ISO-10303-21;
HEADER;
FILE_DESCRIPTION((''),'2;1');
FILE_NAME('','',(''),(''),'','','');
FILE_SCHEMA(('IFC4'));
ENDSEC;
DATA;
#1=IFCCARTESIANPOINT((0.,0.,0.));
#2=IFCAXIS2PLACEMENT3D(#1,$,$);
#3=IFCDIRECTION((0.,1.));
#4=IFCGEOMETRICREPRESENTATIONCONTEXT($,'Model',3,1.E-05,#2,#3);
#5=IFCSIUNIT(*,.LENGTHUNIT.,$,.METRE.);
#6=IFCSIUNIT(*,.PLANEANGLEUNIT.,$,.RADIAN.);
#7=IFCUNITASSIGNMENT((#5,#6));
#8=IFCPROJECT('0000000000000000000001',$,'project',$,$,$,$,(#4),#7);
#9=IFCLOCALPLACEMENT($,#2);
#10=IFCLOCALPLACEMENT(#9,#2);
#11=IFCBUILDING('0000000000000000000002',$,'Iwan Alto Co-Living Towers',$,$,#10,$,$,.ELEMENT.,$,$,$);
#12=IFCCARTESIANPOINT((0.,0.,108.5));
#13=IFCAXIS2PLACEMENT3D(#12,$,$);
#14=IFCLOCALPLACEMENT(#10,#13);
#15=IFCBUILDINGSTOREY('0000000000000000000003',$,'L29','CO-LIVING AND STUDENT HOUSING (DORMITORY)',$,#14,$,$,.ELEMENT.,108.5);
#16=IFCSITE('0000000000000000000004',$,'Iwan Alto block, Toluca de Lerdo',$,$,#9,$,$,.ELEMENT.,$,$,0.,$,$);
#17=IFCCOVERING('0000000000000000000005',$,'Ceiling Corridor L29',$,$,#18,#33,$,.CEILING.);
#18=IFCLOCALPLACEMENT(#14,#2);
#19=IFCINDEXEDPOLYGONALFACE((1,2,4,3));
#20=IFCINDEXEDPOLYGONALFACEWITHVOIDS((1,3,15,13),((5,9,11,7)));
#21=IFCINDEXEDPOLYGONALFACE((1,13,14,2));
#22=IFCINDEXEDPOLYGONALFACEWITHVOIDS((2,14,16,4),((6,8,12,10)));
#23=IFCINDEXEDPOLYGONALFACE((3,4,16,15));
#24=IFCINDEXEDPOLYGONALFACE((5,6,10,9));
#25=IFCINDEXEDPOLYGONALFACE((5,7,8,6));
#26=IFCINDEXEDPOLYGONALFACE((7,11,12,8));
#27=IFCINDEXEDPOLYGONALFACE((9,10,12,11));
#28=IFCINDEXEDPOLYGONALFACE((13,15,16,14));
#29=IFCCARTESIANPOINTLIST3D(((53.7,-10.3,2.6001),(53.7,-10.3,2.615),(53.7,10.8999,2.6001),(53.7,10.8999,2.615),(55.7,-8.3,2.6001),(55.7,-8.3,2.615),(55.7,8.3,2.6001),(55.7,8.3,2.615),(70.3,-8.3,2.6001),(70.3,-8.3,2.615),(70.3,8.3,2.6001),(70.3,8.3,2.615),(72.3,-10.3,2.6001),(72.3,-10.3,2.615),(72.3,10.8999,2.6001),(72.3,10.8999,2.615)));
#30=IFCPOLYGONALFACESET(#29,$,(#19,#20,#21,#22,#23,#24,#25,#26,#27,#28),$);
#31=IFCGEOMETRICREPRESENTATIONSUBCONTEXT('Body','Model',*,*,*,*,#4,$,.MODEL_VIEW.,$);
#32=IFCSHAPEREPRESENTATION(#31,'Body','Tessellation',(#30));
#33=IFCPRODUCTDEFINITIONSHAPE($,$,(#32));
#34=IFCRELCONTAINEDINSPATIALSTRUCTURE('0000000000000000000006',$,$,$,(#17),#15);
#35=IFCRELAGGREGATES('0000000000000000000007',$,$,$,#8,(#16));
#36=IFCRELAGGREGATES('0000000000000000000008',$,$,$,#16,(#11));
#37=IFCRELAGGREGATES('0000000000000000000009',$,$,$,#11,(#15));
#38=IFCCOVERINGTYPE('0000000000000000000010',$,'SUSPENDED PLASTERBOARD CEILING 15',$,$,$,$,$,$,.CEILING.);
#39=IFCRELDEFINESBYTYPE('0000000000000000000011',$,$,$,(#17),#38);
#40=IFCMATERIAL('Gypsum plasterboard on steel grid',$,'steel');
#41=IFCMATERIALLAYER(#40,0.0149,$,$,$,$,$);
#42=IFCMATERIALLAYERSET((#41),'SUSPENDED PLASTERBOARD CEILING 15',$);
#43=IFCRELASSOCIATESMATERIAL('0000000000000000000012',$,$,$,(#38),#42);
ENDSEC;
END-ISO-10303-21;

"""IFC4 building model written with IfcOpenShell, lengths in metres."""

from ifc_helpers import new_model, si_unit, direction, frame, origin, place, context, subcontext, project, spatial, polyline, outline, extrude, material, layer, layer_set, type_object, element, save


model = new_model("IFC4")

# Units and contexts
model_context = context("Model", 3, precision=1e-05, world=origin(), true_north=direction((0.0, 1.0)))
body_context = subcontext(model_context, "Body", "Model", "MODEL_VIEW")
ifc_project = project(units=[si_unit("LENGTHUNIT", "METRE"), si_unit("PLANEANGLEUNIT", "RADIAN")], contexts=[model_context])

# Site, building, storey
site_placement = place(None, origin())
site = spatial("IfcSite", under=ifc_project, at=site_placement, Name="Iwan Alto block, Toluca de Lerdo", CompositionType="ELEMENT", RefElevation=0.0)
building_placement = place(site_placement, origin())
building = spatial("IfcBuilding", under=site, at=building_placement, Name="Iwan Alto Co-Living Towers", CompositionType="ELEMENT")
storey_placement = place(building_placement, frame((0.0, 0.0, 108.5)))
storey = spatial("IfcBuildingStorey", under=building, at=storey_placement, Name="L29", Description="CO-LIVING AND STUDENT HOUSING (DORMITORY)", CompositionType="ELEMENT", Elevation=108.5)

# Covering
ifc_material_1 = material(Name="Gypsum plasterboard on steel grid", Category="steel")
ifc_layer_1 = layer(ifc_material_1, 0.0149)
ifc_layer_set_1 = layer_set([ifc_layer_1], Name="SUSPENDED PLASTERBOARD CEILING 15")
covering_type_1 = type_object("IfcCoveringType", Name="SUSPENDED PLASTERBOARD CEILING 15", PredefinedType="CEILING", material=ifc_layer_set_1)
covering_1_placement = place(storey_placement, frame((0.0, 0.0, 2.6001)))
element("IfcCovering", 1, at=covering_1_placement, inside=storey, type_object=covering_type_1, Name="Ceiling Corridor L29", PredefinedType="CEILING", context=body_context, shape_type="SweptSolid", body=[
    extrude(outline(polyline([(53.7, 10.8999), (72.3, 10.8999), (72.3, -10.3), (53.7, -10.3), (53.7, 10.8999)]), holes=[polyline([(55.7, 8.3), (55.7, -8.3), (70.3, -8.3), (70.3, 8.3), (55.7, 8.3)])]), origin(), (0.0, 0.0, 1.0), 0.0149),
])

save(model, "model.ifc")
